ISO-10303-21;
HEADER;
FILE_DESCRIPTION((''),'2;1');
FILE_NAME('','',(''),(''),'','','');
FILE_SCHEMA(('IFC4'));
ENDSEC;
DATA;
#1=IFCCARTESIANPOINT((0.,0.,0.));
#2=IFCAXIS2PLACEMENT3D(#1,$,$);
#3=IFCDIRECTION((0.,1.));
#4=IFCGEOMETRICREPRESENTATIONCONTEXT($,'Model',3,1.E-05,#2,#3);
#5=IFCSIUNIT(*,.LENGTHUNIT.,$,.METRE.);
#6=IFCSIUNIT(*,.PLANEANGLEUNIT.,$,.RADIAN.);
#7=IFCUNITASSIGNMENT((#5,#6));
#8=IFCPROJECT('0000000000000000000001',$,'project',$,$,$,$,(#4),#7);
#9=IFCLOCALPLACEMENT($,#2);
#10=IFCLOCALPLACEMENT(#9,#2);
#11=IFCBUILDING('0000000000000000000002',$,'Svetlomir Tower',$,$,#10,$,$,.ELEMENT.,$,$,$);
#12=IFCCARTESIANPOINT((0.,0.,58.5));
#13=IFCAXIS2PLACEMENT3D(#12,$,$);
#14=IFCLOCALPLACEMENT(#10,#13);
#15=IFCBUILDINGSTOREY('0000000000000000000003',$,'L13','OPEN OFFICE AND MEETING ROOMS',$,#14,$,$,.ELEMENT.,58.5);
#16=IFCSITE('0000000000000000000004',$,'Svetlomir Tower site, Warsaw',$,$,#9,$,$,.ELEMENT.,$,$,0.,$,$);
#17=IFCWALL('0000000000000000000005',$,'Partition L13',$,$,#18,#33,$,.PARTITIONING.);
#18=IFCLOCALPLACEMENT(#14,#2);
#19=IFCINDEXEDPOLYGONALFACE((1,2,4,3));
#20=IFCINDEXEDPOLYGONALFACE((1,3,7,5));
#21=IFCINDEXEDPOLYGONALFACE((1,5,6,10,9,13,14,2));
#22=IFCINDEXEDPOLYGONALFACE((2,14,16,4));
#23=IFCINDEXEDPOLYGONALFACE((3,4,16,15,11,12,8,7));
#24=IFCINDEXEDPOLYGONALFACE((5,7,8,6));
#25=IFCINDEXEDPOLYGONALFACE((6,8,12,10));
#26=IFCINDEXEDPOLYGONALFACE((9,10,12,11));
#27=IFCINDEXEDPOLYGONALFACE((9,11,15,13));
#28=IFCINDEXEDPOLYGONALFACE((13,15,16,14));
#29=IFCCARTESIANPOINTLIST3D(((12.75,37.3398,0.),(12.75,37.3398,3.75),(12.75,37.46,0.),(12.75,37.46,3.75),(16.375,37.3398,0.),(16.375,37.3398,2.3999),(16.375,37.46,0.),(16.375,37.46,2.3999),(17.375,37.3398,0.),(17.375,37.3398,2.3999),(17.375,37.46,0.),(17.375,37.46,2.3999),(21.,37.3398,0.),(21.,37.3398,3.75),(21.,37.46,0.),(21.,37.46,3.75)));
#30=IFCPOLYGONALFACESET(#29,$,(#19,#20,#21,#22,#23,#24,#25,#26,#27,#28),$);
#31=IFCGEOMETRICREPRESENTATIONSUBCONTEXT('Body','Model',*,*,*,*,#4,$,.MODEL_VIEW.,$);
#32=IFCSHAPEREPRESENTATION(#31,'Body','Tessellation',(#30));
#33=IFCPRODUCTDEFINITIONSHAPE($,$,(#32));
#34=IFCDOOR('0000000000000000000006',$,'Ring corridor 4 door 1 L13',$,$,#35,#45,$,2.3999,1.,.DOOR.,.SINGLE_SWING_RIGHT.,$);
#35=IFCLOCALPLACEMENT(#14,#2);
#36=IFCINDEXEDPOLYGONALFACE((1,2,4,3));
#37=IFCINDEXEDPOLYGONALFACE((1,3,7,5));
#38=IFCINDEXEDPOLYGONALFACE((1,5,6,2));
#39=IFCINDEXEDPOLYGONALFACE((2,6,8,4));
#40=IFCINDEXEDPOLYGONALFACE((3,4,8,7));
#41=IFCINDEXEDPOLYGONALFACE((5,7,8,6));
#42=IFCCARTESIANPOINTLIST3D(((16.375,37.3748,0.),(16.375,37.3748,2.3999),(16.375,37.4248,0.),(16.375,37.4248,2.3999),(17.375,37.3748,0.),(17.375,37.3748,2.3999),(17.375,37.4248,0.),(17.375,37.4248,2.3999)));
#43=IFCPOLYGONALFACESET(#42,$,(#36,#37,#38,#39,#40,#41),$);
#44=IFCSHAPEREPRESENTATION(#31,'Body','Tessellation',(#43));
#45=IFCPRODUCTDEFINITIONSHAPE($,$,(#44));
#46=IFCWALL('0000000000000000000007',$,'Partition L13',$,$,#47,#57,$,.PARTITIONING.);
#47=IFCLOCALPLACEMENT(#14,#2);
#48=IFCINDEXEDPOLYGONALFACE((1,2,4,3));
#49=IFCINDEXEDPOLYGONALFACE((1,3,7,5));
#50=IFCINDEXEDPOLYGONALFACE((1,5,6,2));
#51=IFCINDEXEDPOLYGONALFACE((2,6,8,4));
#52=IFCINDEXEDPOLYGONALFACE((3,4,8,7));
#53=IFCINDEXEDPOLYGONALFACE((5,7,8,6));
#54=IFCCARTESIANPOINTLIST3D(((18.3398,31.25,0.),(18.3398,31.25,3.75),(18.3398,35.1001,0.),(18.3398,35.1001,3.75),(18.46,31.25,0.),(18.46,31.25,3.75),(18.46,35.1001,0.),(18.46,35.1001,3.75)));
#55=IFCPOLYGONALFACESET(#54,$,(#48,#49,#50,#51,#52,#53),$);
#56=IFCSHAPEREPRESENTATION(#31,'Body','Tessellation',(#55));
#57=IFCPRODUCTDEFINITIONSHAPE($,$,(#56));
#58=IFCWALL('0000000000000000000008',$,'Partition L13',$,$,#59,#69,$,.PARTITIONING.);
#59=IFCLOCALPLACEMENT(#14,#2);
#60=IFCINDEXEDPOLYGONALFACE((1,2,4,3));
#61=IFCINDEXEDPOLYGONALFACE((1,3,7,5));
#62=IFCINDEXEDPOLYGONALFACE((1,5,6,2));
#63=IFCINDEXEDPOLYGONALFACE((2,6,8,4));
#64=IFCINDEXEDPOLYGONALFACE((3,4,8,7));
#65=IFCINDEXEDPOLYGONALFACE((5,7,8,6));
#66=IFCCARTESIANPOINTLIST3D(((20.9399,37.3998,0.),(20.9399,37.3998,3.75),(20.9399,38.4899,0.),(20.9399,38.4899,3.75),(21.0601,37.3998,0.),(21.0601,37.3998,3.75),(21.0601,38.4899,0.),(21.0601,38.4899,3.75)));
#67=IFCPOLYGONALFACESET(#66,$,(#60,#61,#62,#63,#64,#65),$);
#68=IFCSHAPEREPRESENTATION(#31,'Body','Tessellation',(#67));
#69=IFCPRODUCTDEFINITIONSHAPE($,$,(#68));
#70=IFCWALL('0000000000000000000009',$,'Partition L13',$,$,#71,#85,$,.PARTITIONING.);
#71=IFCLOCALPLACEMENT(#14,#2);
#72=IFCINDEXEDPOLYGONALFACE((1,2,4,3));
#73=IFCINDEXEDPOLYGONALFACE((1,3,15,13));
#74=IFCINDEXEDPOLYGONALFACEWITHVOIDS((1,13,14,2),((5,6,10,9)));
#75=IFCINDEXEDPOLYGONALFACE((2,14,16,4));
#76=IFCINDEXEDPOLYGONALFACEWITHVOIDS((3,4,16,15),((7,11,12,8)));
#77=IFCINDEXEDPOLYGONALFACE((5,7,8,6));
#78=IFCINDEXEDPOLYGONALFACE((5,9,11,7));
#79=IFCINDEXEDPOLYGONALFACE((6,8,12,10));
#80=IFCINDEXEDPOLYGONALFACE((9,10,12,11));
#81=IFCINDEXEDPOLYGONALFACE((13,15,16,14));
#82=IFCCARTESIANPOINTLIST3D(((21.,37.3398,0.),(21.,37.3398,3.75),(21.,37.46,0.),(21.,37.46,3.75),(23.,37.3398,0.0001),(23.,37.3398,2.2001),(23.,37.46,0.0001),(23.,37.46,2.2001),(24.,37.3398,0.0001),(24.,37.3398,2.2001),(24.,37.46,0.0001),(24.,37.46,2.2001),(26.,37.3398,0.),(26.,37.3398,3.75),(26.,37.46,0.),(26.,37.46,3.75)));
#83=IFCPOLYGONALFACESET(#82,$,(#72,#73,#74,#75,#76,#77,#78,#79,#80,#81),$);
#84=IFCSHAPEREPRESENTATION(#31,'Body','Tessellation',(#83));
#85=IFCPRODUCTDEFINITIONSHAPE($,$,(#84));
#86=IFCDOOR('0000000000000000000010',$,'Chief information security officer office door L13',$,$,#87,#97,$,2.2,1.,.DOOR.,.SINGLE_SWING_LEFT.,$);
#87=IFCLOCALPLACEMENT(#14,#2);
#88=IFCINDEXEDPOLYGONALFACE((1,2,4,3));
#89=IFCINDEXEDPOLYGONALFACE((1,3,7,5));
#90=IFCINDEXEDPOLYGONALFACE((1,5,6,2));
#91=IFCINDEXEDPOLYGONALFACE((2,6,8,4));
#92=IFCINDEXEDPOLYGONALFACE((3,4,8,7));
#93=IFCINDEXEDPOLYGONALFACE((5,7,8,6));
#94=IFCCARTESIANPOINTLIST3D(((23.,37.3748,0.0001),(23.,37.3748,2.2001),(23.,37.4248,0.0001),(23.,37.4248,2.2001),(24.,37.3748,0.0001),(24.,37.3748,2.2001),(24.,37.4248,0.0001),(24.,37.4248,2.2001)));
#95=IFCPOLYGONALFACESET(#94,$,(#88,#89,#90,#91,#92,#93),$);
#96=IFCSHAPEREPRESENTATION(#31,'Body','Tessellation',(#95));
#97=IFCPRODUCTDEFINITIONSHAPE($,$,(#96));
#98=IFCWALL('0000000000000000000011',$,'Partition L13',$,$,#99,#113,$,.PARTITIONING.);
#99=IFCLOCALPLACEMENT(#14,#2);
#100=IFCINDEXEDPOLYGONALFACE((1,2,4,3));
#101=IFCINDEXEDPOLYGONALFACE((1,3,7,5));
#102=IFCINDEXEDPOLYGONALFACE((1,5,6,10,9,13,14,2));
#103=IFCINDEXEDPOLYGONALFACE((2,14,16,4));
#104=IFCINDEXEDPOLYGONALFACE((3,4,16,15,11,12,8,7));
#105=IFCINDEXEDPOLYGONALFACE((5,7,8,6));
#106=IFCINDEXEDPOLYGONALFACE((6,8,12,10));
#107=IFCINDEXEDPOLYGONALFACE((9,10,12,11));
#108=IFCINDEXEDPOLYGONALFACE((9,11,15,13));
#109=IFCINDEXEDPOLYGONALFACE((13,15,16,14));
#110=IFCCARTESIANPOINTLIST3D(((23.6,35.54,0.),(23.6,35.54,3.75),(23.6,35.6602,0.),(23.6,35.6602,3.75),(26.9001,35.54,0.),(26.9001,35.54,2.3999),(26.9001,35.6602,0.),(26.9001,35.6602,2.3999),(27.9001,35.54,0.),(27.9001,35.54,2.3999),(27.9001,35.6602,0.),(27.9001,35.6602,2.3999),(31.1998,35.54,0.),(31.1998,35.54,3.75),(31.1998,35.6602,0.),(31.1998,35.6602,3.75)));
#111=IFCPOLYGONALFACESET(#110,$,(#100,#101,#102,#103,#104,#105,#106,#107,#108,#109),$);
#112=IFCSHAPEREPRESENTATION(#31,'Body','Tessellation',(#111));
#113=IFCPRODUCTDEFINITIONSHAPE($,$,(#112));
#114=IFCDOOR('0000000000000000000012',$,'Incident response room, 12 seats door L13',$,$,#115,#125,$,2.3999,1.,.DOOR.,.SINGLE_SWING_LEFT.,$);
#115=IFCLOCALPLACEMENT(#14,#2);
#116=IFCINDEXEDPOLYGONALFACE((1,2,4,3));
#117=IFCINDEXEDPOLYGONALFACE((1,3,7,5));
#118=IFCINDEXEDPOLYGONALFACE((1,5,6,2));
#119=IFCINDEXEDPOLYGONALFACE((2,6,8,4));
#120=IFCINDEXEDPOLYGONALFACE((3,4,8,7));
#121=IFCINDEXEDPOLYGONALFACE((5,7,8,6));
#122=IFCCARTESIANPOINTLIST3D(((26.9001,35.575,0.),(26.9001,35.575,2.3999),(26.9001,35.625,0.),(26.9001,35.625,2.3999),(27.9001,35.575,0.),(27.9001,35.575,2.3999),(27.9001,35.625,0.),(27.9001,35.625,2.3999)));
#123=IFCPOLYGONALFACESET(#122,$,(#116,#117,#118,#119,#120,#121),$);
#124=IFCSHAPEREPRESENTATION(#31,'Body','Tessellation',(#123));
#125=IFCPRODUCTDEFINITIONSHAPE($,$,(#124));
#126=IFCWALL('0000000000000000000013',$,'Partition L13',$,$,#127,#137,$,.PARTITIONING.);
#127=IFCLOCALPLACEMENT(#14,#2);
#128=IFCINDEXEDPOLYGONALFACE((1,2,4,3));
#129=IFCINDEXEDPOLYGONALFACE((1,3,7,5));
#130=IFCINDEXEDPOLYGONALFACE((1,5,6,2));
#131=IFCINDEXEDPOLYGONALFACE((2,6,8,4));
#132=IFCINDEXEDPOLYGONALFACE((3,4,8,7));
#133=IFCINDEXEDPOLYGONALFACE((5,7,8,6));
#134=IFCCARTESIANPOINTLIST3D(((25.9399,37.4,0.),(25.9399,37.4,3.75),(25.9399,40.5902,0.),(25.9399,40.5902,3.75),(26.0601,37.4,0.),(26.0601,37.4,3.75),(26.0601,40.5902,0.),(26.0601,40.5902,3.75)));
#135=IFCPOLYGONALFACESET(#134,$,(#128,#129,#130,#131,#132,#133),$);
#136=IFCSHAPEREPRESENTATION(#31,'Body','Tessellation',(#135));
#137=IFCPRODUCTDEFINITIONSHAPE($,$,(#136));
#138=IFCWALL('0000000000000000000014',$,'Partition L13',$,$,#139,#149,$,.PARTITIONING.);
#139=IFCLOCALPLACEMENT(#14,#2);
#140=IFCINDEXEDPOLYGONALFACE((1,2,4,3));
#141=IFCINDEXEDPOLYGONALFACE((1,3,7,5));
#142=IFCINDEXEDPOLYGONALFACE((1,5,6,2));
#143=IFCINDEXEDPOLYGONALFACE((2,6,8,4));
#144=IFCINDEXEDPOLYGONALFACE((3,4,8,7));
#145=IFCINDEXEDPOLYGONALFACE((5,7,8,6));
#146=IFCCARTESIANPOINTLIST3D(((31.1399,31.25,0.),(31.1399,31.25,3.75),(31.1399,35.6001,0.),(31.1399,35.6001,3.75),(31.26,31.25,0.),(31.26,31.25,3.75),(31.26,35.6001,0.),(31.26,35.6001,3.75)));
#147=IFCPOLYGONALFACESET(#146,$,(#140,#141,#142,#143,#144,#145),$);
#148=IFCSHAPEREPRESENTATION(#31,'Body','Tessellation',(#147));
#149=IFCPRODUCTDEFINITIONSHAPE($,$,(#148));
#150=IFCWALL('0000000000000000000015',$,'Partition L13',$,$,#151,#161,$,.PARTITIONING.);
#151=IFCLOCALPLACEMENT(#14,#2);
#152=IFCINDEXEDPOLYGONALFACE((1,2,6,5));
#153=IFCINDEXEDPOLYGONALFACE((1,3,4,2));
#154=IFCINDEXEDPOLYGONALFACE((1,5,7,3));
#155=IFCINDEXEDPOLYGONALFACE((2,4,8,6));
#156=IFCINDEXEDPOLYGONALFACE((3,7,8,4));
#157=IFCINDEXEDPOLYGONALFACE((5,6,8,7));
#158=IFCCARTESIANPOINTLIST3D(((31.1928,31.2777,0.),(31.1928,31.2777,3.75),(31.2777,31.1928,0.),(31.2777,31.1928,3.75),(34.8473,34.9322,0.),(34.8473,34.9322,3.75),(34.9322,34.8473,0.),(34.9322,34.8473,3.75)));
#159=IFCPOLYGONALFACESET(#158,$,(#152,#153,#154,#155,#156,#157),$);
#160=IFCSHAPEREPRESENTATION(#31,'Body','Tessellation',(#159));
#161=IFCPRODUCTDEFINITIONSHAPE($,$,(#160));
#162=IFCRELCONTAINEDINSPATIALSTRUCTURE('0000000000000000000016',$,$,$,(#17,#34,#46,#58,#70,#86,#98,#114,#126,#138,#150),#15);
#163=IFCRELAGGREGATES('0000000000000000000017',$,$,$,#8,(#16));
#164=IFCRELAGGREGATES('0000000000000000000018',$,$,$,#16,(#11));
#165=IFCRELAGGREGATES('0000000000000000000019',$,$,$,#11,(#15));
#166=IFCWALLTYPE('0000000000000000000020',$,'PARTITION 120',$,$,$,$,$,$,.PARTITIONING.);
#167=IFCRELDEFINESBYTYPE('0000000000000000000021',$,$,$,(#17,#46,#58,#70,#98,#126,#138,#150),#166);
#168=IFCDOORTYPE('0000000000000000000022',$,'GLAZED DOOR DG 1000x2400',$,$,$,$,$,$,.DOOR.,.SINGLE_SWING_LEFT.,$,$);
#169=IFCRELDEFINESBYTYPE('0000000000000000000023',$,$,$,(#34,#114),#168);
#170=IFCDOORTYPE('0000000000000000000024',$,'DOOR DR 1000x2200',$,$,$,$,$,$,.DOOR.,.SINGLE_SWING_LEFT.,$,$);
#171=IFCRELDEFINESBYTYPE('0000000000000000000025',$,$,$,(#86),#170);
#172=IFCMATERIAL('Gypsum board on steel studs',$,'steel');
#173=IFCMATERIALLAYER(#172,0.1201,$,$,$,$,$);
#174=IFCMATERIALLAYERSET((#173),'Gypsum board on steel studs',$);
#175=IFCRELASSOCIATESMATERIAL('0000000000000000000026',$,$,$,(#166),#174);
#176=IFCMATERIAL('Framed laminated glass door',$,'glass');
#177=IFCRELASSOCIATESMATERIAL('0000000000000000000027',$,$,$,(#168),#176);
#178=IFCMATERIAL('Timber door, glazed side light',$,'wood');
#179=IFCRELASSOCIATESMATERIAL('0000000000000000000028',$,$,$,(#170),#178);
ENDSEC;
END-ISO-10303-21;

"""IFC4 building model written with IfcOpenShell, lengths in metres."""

from ifc_helpers import new_model, si_unit, direction, frame, frame_2d, origin, place, context, subcontext, project, spatial, rectangle, extrude, material, layer, layer_set, type_object, element, fill, save


model = new_model("IFC4")

# Units and contexts
model_context = context("Model", 3, precision=1e-05, world=origin(), true_north=direction((0.0, 1.0)))
body_context = subcontext(model_context, "Body", "Model", "MODEL_VIEW")
ifc_project = project(units=[si_unit("LENGTHUNIT", "METRE"), si_unit("PLANEANGLEUNIT", "RADIAN")], contexts=[model_context])

# Site, building, storey
site_placement = place(None, origin())
site = spatial("IfcSite", under=ifc_project, at=site_placement, Name="Svetlomir Tower site, Warsaw", CompositionType="ELEMENT", RefElevation=0.0)
building_placement = place(site_placement, origin())
building = spatial("IfcBuilding", under=site, at=building_placement, Name="Svetlomir Tower", CompositionType="ELEMENT")
storey_placement = place(building_placement, frame((0.0, 0.0, 58.5)))
storey = spatial("IfcBuildingStorey", under=building, at=storey_placement, Name="L13", Description="OPEN OFFICE AND MEETING ROOMS", CompositionType="ELEMENT", Elevation=58.5)

# Shared definitions
ifc_material_1 = material(Name="Gypsum board on steel studs", Category="steel")
ifc_layer_1 = layer(ifc_material_1, 0.1201)
ifc_layer_set_1 = layer_set([ifc_layer_1], Name="Gypsum board on steel studs")
wall_type_1 = type_object("IfcWallType", Name="PARTITION 120", PredefinedType="PARTITIONING", material=ifc_layer_set_1)

# Wall, opening, door
wall_1_placement = place(storey_placement, frame((12.75, 37.3999, 0.0), z_axis=(0.0, 0.0, 1.0), x_axis=(1.0, 0.0, 0.0)))
wall_1 = element("IfcWall", 1, at=wall_1_placement, inside=storey, type_object=wall_type_1, Name="Partition L13", PredefinedType="PARTITIONING", context=body_context, shape_type="SweptSolid", body=[
    extrude(rectangle(XDim=8.25, YDim=0.1201, at=frame_2d((4.125, 0.0))), origin(), (0.0, 0.0, 1.0), 3.75),
])
opening_1_placement = place(wall_1_placement, frame((3.625, 0.0, 0.0)))
opening_1 = element("IfcOpeningElement", 2, at=opening_1_placement, cuts=wall_1, PredefinedType="OPENING", context=body_context, shape_type="SweptSolid", body=[
    extrude(rectangle(XDim=1.0, YDim=2.3999, at=frame_2d((0.5, 1.2))), frame((0.0, 0.0701, 0.0), z_axis=(0.0, -1.0, 0.0), x_axis=(1.0, 0.0, 0.0)), (0.0, 0.0, 1.0), 0.1401),
])
ifc_material_2 = material(Name="Framed laminated glass door", Category="glass")
door_type_1 = type_object("IfcDoorType", Name="GLAZED DOOR DG 1000x2400", OperationType="SINGLE_SWING_LEFT", PredefinedType="DOOR", material=ifc_material_2)
door_1_placement = place(opening_1_placement, origin())
door_1 = element("IfcDoor", 3, at=door_1_placement, inside=storey, type_object=door_type_1, Name="Ring corridor 4 door 1 L13", OperationType="SINGLE_SWING_RIGHT", OverallHeight=2.3999, OverallWidth=1.0, PredefinedType="DOOR", context=body_context, shape_type="SweptSolid", body=[
    extrude(rectangle(XDim=1.0, YDim=2.3999, at=frame_2d((0.5, 1.2))), frame((0.0, 0.0249, 0.0), z_axis=(0.0, -1.0, 0.0), x_axis=(1.0, 0.0, 0.0)), (0.0, 0.0, 1.0), 0.05),
])
fill(opening_1, door_1)

# Walls
wall_2_placement = place(storey_placement, frame((18.3999, 31.25, 0.0), z_axis=(0.0, 0.0, 1.0), x_axis=(0.0, 1.0, 0.0)))
element("IfcWall", 4, at=wall_2_placement, inside=storey, type_object=wall_type_1, Name="Partition L13", PredefinedType="PARTITIONING", context=body_context, shape_type="SweptSolid", body=[
    extrude(rectangle(XDim=3.8501, YDim=0.1201, at=frame_2d((1.925, 0.0))), origin(), (0.0, 0.0, 1.0), 3.75),
])
wall_3_placement = place(storey_placement, frame((21.0, 37.3999, 0.0), z_axis=(0.0, 0.0, 1.0), x_axis=(0.0, 1.0, 0.0)))
element("IfcWall", 5, at=wall_3_placement, inside=storey, type_object=wall_type_1, Name="Partition L13", PredefinedType="PARTITIONING", context=body_context, shape_type="SweptSolid", body=[
    extrude(rectangle(XDim=1.0901, YDim=0.1201, at=frame_2d((0.5449, 0.0))), origin(), (0.0, 0.0, 1.0), 3.75),
])

# Walls, openings, doors
wall_4_placement = place(storey_placement, frame((21.0, 37.3999, 0.0), z_axis=(0.0, 0.0, 1.0), x_axis=(1.0, 0.0, 0.0)))
wall_4 = element("IfcWall", 6, at=wall_4_placement, inside=storey, type_object=wall_type_1, Name="Partition L13", PredefinedType="PARTITIONING", context=body_context, shape_type="SweptSolid", body=[
    extrude(rectangle(XDim=5.0, YDim=0.1201, at=frame_2d((2.5, 0.0))), origin(), (0.0, 0.0, 1.0), 3.75),
])
opening_2_placement = place(wall_4_placement, frame((2.0, 0.0, 0.0)))
opening_2 = element("IfcOpeningElement", 7, at=opening_2_placement, cuts=wall_4, PredefinedType="OPENING", context=body_context, shape_type="SweptSolid", body=[
    extrude(rectangle(XDim=1.0, YDim=2.2, at=frame_2d((0.5, 1.1001))), frame((0.0, 0.0701, 0.0), z_axis=(0.0, -1.0, 0.0), x_axis=(1.0, 0.0, 0.0)), (0.0, 0.0, 1.0), 0.1401),
])
ifc_material_3 = material(Name="Timber door, glazed side light", Category="wood")
door_type_2 = type_object("IfcDoorType", Name="DOOR DR 1000x2200", OperationType="SINGLE_SWING_LEFT", PredefinedType="DOOR", material=ifc_material_3)
door_2_placement = place(opening_2_placement, origin())
door_2 = element("IfcDoor", 8, at=door_2_placement, inside=storey, type_object=door_type_2, Name="Chief information security officer office door L13", OperationType="SINGLE_SWING_LEFT", OverallHeight=2.2, OverallWidth=1.0, PredefinedType="DOOR", context=body_context, shape_type="SweptSolid", body=[
    extrude(rectangle(XDim=1.0, YDim=2.2, at=frame_2d((0.5, 1.1001))), frame((0.0, 0.0249, 0.0), z_axis=(0.0, -1.0, 0.0), x_axis=(1.0, 0.0, 0.0)), (0.0, 0.0, 1.0), 0.05),
])
fill(opening_2, door_2)
wall_5_placement = place(storey_placement, frame((23.6001, 35.6001, 0.0), z_axis=(0.0, 0.0, 1.0), x_axis=(1.0, 0.0, 0.0)))
wall_5 = element("IfcWall", 9, at=wall_5_placement, inside=storey, type_object=wall_type_1, Name="Partition L13", PredefinedType="PARTITIONING", context=body_context, shape_type="SweptSolid", body=[
    extrude(rectangle(XDim=7.5999, YDim=0.1201, at=frame_2d((3.7998, 0.0))), origin(), (0.0, 0.0, 1.0), 3.75),
])
opening_3_placement = place(wall_5_placement, frame((3.3, 0.0, 0.0)))
opening_3 = element("IfcOpeningElement", 10, at=opening_3_placement, cuts=wall_5, PredefinedType="OPENING", context=body_context, shape_type="SweptSolid", body=[
    extrude(rectangle(XDim=1.0, YDim=2.3999, at=frame_2d((0.5, 1.2))), frame((0.0, 0.0701, 0.0), z_axis=(0.0, -1.0, 0.0), x_axis=(1.0, 0.0, 0.0)), (0.0, 0.0, 1.0), 0.1401),
])
door_3_placement = place(opening_3_placement, origin())
door_3 = element("IfcDoor", 11, at=door_3_placement, inside=storey, type_object=door_type_1, Name="Incident response room, 12 seats door L13", OperationType="SINGLE_SWING_LEFT", OverallHeight=2.3999, OverallWidth=1.0, PredefinedType="DOOR", context=body_context, shape_type="SweptSolid", body=[
    extrude(rectangle(XDim=1.0, YDim=2.3999, at=frame_2d((0.5, 1.2))), frame((0.0, 0.0249, 0.0), z_axis=(0.0, -1.0, 0.0), x_axis=(1.0, 0.0, 0.0)), (0.0, 0.0, 1.0), 0.05),
])
fill(opening_3, door_3)

# Walls
wall_6_placement = place(storey_placement, frame((26.0, 37.3999, 0.0), z_axis=(0.0, 0.0, 1.0), x_axis=(0.0, 1.0, 0.0)))
element("IfcWall", 12, at=wall_6_placement, inside=storey, type_object=wall_type_1, Name="Partition L13", PredefinedType="PARTITIONING", context=body_context, shape_type="SweptSolid", body=[
    extrude(rectangle(XDim=3.1902, YDim=0.1201, at=frame_2d((1.5952, 0.0))), origin(), (0.0, 0.0, 1.0), 3.75),
])
wall_7_placement = place(storey_placement, frame((31.2, 31.25, 0.0), z_axis=(0.0, 0.0, 1.0), x_axis=(0.0, 1.0, 0.0)))
element("IfcWall", 13, at=wall_7_placement, inside=storey, type_object=wall_type_1, Name="Partition L13", PredefinedType="PARTITIONING", context=body_context, shape_type="SweptSolid", body=[
    extrude(rectangle(XDim=4.3501, YDim=0.1201, at=frame_2d((2.175, 0.0))), origin(), (0.0, 0.0, 1.0), 3.75),
])
wall_8_placement = place(storey_placement, frame((31.2354, 31.2354, 0.0), z_axis=(0.0, 0.0, 1.0), x_axis=(0.707107, 0.707107, 0.0)))
element("IfcWall", 14, at=wall_8_placement, inside=storey, type_object=wall_type_1, Name="Partition L13", PredefinedType="PARTITIONING", context=body_context, shape_type="SweptSolid", body=[
    extrude(rectangle(XDim=5.1682, YDim=0.1201, at=frame_2d((2.584, 0.0))), origin(), (0.0, 0.0, 1.0), 3.75),
])

save(model, "model.ifc")
